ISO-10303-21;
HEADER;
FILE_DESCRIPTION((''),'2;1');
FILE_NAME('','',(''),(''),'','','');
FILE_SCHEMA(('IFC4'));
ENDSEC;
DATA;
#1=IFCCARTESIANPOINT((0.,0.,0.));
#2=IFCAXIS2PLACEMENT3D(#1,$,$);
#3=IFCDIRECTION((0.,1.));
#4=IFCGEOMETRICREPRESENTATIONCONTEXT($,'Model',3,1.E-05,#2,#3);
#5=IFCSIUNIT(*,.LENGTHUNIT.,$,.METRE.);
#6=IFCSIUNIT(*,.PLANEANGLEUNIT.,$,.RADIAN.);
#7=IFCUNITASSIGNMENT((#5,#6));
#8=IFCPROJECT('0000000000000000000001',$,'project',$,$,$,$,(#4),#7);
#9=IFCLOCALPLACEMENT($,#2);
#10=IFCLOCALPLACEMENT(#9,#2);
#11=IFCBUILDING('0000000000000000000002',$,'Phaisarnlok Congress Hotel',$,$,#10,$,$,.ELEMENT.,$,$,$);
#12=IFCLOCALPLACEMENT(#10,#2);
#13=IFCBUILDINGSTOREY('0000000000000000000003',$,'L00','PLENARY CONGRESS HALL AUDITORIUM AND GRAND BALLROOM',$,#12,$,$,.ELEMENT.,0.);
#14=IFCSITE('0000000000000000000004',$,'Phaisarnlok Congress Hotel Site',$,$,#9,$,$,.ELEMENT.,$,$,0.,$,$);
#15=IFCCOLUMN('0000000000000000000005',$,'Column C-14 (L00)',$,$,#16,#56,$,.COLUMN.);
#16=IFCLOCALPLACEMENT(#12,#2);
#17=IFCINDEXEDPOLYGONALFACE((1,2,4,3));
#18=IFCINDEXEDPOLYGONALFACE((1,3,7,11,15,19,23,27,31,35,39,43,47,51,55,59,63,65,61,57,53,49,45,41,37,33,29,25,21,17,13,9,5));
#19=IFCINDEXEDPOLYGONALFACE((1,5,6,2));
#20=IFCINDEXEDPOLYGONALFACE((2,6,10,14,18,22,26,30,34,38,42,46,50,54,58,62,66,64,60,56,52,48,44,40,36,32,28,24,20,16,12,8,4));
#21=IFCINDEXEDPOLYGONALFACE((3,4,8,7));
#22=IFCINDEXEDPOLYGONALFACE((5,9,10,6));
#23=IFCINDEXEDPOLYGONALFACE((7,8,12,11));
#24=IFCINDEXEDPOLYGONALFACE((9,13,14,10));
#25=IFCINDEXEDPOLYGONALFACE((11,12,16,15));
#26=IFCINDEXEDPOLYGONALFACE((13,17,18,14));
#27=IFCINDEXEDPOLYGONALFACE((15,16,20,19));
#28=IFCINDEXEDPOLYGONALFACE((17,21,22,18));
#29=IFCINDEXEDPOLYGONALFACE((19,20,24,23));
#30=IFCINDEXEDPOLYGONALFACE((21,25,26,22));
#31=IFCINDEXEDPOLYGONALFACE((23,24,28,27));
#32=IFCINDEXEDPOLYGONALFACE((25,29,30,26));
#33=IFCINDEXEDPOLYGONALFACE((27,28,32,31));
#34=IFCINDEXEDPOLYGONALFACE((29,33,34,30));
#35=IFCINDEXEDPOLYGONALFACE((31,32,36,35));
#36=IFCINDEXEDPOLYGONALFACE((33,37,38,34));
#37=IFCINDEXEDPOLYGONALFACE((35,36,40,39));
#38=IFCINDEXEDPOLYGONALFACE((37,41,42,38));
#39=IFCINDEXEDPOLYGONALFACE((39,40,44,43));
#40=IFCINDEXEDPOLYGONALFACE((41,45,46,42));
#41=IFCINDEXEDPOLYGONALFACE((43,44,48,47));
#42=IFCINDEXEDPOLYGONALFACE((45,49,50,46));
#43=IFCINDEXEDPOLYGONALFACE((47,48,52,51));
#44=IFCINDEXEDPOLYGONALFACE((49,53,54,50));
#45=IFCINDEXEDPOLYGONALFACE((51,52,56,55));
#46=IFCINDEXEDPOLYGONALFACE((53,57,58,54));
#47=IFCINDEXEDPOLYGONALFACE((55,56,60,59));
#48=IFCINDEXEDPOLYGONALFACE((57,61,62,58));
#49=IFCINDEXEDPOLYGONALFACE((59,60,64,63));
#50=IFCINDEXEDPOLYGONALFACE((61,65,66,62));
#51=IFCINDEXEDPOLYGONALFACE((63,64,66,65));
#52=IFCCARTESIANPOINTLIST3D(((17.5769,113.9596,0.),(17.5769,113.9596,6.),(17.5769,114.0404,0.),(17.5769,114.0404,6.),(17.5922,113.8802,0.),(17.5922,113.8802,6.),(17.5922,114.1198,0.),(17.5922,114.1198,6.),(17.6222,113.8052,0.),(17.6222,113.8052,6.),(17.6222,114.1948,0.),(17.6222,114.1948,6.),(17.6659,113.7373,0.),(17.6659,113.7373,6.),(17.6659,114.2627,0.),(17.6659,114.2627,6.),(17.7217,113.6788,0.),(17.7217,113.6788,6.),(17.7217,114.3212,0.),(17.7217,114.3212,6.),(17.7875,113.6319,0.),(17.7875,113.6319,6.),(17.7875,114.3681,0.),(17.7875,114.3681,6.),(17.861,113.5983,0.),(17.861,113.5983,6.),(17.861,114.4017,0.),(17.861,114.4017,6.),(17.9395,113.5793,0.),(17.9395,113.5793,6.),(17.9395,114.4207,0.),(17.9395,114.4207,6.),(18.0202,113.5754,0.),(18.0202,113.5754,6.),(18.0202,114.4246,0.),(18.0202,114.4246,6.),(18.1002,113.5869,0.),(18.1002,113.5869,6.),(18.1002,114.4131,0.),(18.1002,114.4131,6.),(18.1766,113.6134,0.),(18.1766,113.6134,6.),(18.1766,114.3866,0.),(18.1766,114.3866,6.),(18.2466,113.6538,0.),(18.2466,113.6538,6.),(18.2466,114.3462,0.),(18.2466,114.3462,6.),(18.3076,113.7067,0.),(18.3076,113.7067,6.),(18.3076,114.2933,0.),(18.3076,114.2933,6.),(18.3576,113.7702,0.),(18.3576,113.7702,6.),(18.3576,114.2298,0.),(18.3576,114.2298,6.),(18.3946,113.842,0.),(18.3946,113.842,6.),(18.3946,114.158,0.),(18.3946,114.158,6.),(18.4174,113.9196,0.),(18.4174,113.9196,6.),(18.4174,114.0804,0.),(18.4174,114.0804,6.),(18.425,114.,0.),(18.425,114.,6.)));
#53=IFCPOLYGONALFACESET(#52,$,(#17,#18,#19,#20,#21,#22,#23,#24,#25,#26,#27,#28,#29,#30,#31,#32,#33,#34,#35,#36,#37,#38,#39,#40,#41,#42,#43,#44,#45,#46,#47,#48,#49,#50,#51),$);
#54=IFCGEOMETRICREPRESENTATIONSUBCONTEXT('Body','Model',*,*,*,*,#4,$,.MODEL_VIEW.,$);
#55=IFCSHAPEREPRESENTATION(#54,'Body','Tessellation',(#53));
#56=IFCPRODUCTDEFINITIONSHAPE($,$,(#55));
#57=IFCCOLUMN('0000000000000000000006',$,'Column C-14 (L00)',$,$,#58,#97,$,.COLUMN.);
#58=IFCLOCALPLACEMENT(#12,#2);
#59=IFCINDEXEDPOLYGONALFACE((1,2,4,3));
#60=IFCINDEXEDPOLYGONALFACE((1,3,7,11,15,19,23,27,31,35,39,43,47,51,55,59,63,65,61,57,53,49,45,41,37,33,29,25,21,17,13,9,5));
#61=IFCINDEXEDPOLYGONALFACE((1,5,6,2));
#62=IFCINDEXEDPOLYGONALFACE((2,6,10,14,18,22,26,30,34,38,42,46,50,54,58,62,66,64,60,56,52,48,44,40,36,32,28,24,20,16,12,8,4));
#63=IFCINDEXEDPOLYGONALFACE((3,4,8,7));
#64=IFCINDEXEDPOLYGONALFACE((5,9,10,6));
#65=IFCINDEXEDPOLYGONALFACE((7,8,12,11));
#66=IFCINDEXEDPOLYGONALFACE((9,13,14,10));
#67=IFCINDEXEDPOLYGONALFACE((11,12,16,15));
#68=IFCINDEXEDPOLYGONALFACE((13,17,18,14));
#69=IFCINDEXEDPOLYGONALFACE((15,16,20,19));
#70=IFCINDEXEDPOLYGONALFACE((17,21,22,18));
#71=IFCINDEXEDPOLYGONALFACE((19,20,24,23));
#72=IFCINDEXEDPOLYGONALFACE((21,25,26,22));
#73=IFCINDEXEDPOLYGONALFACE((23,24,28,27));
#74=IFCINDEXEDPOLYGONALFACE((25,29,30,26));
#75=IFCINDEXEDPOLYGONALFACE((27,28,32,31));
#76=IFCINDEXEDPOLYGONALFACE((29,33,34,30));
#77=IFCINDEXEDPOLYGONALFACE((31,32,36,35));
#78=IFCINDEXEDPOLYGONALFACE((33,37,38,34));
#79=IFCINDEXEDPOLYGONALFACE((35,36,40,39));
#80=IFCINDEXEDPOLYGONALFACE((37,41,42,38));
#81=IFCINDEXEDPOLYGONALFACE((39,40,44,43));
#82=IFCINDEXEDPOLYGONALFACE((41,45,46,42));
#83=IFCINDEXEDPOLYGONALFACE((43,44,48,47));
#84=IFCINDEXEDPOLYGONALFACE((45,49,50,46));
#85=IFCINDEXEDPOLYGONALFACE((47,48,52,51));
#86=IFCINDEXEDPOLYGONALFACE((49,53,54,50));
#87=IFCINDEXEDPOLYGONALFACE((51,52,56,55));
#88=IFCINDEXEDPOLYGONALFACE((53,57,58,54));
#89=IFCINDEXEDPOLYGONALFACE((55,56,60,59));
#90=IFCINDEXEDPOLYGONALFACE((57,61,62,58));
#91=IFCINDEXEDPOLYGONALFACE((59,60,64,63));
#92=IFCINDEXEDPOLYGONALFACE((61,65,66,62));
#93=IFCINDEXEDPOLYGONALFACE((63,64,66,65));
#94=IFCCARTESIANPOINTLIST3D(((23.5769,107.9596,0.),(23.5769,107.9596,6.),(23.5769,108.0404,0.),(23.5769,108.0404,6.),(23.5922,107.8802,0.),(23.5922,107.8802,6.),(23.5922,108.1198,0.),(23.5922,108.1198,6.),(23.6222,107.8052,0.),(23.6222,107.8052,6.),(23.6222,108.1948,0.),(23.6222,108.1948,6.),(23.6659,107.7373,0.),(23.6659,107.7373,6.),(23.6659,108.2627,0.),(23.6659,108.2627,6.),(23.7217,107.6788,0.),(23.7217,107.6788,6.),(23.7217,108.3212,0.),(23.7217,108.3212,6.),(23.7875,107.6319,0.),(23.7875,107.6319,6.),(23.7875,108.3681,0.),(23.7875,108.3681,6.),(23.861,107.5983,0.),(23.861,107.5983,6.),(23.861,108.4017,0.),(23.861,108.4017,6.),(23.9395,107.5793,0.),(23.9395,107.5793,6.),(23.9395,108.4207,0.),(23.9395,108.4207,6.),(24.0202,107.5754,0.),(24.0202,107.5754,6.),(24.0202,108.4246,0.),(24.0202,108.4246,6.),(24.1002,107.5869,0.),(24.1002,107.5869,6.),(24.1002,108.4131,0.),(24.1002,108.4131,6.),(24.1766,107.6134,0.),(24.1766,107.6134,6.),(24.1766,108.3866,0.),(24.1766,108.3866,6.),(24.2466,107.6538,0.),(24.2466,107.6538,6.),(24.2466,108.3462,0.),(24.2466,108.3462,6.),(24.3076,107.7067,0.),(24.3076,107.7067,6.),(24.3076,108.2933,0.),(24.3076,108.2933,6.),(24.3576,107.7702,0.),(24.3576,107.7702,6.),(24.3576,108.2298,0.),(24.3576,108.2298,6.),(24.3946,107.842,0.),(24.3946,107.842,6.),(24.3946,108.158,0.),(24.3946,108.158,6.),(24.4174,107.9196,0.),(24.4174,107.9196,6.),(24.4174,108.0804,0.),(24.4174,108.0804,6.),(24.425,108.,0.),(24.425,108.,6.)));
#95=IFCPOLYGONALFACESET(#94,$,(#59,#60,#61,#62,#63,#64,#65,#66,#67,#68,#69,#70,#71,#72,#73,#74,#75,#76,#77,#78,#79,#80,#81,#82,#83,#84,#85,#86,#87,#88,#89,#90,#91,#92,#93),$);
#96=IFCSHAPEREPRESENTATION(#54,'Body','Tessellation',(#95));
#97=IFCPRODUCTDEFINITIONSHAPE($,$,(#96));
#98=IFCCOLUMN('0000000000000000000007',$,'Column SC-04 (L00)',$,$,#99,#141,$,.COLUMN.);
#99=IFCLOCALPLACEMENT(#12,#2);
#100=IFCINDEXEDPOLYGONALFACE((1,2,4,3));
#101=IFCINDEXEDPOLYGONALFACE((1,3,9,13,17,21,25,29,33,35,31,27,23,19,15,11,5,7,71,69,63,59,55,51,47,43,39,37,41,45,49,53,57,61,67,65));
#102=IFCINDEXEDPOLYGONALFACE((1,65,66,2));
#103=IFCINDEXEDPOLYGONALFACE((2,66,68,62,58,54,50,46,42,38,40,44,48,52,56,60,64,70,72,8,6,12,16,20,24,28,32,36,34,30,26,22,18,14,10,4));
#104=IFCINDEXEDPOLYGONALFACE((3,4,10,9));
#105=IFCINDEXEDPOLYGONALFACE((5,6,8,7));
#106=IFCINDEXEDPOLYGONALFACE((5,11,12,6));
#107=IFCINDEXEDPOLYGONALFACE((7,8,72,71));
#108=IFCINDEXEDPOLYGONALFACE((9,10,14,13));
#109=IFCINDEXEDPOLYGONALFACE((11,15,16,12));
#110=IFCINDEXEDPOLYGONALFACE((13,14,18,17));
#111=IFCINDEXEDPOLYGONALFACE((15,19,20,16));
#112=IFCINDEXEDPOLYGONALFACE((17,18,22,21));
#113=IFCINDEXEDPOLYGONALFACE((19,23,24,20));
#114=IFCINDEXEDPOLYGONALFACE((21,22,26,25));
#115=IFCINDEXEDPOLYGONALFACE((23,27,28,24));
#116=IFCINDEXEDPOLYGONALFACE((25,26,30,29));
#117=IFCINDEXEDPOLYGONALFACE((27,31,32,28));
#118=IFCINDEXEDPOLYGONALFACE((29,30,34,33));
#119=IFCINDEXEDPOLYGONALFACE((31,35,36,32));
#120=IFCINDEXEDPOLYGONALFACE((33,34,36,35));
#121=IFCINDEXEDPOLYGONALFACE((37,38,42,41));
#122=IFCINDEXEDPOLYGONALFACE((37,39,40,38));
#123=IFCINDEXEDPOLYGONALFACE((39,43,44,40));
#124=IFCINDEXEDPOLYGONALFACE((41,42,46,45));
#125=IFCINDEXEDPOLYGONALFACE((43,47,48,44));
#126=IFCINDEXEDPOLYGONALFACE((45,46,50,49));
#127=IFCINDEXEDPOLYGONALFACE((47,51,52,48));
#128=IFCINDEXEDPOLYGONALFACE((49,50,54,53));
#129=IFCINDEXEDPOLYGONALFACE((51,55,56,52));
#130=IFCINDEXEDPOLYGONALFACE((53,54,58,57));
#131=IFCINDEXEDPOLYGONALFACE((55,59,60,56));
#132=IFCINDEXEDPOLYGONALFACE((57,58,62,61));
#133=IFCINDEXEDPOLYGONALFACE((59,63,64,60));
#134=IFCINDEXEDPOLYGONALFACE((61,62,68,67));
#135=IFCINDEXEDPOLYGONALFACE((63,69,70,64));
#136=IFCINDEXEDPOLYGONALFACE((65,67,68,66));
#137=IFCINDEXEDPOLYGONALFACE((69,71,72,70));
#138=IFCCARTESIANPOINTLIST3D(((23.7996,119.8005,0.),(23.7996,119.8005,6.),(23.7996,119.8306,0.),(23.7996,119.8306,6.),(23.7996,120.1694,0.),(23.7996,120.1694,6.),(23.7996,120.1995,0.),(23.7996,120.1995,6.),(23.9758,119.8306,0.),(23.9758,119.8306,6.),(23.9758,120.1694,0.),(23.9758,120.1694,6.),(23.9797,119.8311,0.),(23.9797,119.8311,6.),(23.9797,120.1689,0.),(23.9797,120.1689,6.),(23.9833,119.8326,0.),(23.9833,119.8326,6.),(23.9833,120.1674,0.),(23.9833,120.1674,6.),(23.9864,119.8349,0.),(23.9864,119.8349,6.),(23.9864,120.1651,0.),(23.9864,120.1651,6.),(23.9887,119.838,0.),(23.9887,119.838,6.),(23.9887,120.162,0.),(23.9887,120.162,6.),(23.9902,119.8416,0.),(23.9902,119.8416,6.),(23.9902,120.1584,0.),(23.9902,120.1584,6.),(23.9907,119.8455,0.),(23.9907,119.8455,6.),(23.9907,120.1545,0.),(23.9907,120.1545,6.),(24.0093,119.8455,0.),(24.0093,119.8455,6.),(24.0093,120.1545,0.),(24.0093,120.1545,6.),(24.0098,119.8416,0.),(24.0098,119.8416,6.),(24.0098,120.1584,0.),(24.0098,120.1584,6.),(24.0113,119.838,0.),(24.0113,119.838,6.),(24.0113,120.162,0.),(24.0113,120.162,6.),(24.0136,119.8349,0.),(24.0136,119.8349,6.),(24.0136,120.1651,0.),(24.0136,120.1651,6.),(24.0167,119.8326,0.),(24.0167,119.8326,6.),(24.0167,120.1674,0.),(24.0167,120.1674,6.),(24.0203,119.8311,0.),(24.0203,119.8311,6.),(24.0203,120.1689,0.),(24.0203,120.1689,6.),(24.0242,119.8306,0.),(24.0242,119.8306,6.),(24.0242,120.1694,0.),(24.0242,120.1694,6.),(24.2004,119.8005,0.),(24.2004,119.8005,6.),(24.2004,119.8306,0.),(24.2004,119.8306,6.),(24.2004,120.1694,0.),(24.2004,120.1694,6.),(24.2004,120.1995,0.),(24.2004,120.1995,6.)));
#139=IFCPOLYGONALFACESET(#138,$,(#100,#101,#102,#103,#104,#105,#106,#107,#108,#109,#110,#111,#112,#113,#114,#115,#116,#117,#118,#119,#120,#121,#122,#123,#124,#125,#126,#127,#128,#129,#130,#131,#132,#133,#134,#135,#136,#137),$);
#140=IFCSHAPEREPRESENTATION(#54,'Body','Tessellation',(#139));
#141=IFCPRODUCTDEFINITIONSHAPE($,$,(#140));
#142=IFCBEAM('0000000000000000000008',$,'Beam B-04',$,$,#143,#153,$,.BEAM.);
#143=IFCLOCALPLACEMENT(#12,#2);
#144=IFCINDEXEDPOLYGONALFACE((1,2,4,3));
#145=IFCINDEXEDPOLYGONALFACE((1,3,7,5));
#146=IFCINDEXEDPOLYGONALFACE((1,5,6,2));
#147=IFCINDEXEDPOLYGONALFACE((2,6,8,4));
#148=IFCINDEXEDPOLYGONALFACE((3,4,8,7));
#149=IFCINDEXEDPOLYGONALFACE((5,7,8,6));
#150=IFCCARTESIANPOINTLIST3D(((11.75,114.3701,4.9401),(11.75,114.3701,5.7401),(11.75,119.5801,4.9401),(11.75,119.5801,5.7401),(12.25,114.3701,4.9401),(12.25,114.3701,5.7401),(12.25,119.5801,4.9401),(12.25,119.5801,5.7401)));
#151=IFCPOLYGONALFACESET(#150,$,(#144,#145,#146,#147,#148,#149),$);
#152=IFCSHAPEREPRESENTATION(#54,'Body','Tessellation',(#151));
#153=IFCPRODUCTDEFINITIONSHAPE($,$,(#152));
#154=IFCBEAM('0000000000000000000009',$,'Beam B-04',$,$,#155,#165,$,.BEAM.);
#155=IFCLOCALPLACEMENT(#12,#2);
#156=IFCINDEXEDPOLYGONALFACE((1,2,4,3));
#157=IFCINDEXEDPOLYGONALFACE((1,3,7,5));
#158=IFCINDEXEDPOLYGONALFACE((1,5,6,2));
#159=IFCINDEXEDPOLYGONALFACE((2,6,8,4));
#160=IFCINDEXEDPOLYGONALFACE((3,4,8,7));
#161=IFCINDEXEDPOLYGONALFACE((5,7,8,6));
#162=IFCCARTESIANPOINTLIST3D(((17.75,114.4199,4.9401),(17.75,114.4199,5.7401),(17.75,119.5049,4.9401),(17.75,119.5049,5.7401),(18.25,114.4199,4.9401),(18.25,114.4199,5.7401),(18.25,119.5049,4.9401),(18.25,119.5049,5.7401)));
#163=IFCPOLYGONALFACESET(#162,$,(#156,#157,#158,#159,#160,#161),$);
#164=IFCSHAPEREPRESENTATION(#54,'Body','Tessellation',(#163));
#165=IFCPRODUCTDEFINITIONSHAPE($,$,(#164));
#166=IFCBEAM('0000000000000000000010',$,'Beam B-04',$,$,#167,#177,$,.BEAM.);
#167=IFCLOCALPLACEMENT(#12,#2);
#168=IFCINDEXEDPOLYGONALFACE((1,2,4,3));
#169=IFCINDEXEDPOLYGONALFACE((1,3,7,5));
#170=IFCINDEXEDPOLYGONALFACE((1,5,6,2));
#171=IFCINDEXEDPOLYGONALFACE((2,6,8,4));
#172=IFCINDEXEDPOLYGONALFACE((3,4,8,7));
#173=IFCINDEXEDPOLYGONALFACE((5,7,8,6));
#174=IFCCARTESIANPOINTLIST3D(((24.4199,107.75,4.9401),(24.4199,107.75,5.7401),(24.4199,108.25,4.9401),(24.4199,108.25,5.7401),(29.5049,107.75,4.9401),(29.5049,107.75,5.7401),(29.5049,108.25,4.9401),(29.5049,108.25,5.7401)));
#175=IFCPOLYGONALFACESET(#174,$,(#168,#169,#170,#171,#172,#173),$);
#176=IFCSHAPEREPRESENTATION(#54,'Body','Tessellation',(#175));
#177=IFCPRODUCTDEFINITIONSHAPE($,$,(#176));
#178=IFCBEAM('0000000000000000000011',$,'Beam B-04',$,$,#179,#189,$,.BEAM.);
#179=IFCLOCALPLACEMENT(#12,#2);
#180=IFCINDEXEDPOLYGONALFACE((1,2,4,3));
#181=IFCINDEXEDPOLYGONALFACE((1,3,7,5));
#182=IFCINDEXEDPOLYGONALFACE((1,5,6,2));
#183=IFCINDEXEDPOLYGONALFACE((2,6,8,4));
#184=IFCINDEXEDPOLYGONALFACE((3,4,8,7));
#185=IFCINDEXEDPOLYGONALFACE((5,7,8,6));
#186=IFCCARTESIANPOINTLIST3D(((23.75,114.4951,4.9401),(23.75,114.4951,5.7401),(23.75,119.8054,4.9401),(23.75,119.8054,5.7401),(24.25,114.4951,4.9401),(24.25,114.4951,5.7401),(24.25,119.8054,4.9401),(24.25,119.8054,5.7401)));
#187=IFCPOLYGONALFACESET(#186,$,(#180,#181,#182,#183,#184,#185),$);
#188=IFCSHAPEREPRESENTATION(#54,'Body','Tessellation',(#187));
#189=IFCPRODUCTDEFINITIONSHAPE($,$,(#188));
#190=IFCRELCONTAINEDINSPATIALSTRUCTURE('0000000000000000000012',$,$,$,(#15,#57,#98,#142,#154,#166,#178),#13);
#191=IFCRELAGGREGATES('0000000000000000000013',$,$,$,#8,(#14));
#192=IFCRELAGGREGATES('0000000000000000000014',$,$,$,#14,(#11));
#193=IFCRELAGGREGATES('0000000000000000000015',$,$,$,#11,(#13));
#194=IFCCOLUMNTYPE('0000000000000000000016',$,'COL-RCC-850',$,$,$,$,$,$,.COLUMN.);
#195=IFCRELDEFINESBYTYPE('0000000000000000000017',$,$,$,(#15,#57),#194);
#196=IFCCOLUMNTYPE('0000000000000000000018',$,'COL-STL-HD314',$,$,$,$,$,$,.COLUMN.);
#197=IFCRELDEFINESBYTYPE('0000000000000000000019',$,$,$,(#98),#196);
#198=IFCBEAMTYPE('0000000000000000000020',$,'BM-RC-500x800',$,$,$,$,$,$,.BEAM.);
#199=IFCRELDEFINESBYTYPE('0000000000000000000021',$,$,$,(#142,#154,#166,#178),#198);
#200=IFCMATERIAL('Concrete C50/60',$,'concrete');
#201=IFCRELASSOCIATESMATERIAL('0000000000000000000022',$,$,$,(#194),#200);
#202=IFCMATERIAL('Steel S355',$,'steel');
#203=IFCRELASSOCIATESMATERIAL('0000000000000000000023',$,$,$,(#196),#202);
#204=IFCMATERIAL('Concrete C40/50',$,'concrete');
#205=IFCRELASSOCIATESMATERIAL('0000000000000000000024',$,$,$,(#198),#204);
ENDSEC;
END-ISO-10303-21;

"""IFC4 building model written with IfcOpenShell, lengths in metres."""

from ifc_helpers import new_model, si_unit, direction, frame, origin, origin_2d, place, context, subcontext, project, spatial, rectangle, circle, i_section, extrude, material, material_profile, profile_set, type_object, element, save


model = new_model("IFC4")

# Units and contexts
model_context = context("Model", 3, precision=1e-05, world=origin(), true_north=direction((0.0, 1.0)))
body_context = subcontext(model_context, "Body", "Model", "MODEL_VIEW")
ifc_project = project(units=[si_unit("LENGTHUNIT", "METRE"), si_unit("PLANEANGLEUNIT", "RADIAN")], contexts=[model_context])

# Site, building, storey
site_placement = place(None, origin())
site = spatial("IfcSite", under=ifc_project, at=site_placement, Name="Phaisarnlok Congress Hotel Site", CompositionType="ELEMENT", RefElevation=0.0)
building_placement = place(site_placement, origin())
building = spatial("IfcBuilding", under=site, at=building_placement, Name="Phaisarnlok Congress Hotel", CompositionType="ELEMENT")
storey_placement = place(building_placement, origin())
storey = spatial("IfcBuildingStorey", under=building, at=storey_placement, Name="L00", Description="PLENARY CONGRESS HALL AUDITORIUM AND GRAND BALLROOM", CompositionType="ELEMENT", Elevation=0.0)

# Columns
ifc_material_1 = material(Name="Concrete C50/60", Category="concrete")
ifc_material_profile_1 = material_profile(ifc_material_1, circle(Radius=0.425, at=origin_2d()), Name="RCC D850")
ifc_profile_set_1 = profile_set([ifc_material_profile_1], Name="Concrete C50/60")
column_type_1 = type_object("IfcColumnType", Name="COL-RCC-850", PredefinedType="COLUMN", material=ifc_profile_set_1)
for number, where, z_axis, x_axis, name in (
    (1, (18.0, 114.0, 0.0), (0.0, 0.0, 1.0), (1.0, 0.0, 0.0), "Column C-14 (L00)"),
    (2, (24.0, 108.0, 0.0), (0.0, 0.0, 1.0), (1.0, 0.0, 0.0), "Column C-14 (L00)"),
):
    element("IfcColumn", number, at=place(storey_placement, frame(where, z_axis=z_axis, x_axis=x_axis)), inside=storey, type_object=column_type_1, Name=name, PredefinedType="COLUMN", context=body_context, shape_type="SweptSolid", body=[
        extrude(circle(Radius=0.425, at=origin_2d()), origin(), (0.0, 0.0, 1.0), 6.0),
    ])
ifc_material_2 = material(Name="Steel S355", Category="steel")
ifc_material_profile_2 = material_profile(ifc_material_2, i_section(OverallWidth=0.4009, OverallDepth=0.3989, WebThickness=0.0186, FlangeThickness=0.03, FilletRadius=0.0149, at=origin_2d()), Name="HD 400x314")
ifc_profile_set_2 = profile_set([ifc_material_profile_2], Name="Steel S355")
column_type_2 = type_object("IfcColumnType", Name="COL-STL-HD314", PredefinedType="COLUMN", material=ifc_profile_set_2)
column_placement = place(storey_placement, frame((24.0, 120.0, 0.0), z_axis=(0.0, 0.0, 1.0), x_axis=(1.0, 0.0, 0.0)))
element("IfcColumn", 3, at=column_placement, inside=storey, type_object=column_type_2, Name="Column SC-04 (L00)", PredefinedType="COLUMN", context=body_context, shape_type="SweptSolid", body=[
    extrude(i_section(OverallWidth=0.4009, OverallDepth=0.3989, WebThickness=0.0186, FlangeThickness=0.03, FilletRadius=0.0149, at=origin_2d()), origin(), (0.0, 0.0, 1.0), 6.0),
])

# Beams
ifc_material_3 = material(Name="Concrete C40/50", Category="concrete")
ifc_material_profile_3 = material_profile(ifc_material_3, rectangle(XDim=0.5, YDim=0.8, at=origin_2d()), Name="RC 500x800")
ifc_profile_set_3 = profile_set([ifc_material_profile_3], Name="Concrete C40/50")
beam_type_1 = type_object("IfcBeamType", Name="BM-RC-500x800", PredefinedType="BEAM", material=ifc_profile_set_3)
beam_1_placement = place(storey_placement, frame((12.0, 114.3701, 5.3401), z_axis=(0.0, 1.0, 0.0), x_axis=(-1.0, 0.0, 0.0)))
element("IfcBeam", 4, at=beam_1_placement, inside=storey, type_object=beam_type_1, Name="Beam B-04", PredefinedType="BEAM", context=body_context, shape_type="SweptSolid", body=[
    extrude(rectangle(XDim=0.5, YDim=0.8, at=origin_2d()), origin(), (0.0, 0.0, 1.0), 5.21),
])
for number, where, z_axis, x_axis, name in (
    (5, (18.0, 114.4199, 5.3401), (0.0, 1.0, 0.0), (-1.0, 0.0, 0.0), "Beam B-04"),
    (6, (24.4199, 108.0, 5.3401), (1.0, 0.0, 0.0), (0.0, 1.0, 0.0), "Beam B-04"),
):
    element("IfcBeam", number, at=place(storey_placement, frame(where, z_axis=z_axis, x_axis=x_axis)), inside=storey, type_object=beam_type_1, Name=name, PredefinedType="BEAM", context=body_context, shape_type="SweptSolid", body=[
        extrude(rectangle(XDim=0.5, YDim=0.8, at=origin_2d()), origin(), (0.0, 0.0, 1.0), 5.085),
    ])
beam_2_placement = place(storey_placement, frame((24.0, 114.4951, 5.3401), z_axis=(0.0, 1.0, 0.0), x_axis=(-1.0, 0.0, 0.0)))
element("IfcBeam", 7, at=beam_2_placement, inside=storey, type_object=beam_type_1, Name="Beam B-04", PredefinedType="BEAM", context=body_context, shape_type="SweptSolid", body=[
    extrude(rectangle(XDim=0.5, YDim=0.8, at=origin_2d()), origin(), (0.0, 0.0, 1.0), 5.3103),
])

save(model, "model.ifc")
